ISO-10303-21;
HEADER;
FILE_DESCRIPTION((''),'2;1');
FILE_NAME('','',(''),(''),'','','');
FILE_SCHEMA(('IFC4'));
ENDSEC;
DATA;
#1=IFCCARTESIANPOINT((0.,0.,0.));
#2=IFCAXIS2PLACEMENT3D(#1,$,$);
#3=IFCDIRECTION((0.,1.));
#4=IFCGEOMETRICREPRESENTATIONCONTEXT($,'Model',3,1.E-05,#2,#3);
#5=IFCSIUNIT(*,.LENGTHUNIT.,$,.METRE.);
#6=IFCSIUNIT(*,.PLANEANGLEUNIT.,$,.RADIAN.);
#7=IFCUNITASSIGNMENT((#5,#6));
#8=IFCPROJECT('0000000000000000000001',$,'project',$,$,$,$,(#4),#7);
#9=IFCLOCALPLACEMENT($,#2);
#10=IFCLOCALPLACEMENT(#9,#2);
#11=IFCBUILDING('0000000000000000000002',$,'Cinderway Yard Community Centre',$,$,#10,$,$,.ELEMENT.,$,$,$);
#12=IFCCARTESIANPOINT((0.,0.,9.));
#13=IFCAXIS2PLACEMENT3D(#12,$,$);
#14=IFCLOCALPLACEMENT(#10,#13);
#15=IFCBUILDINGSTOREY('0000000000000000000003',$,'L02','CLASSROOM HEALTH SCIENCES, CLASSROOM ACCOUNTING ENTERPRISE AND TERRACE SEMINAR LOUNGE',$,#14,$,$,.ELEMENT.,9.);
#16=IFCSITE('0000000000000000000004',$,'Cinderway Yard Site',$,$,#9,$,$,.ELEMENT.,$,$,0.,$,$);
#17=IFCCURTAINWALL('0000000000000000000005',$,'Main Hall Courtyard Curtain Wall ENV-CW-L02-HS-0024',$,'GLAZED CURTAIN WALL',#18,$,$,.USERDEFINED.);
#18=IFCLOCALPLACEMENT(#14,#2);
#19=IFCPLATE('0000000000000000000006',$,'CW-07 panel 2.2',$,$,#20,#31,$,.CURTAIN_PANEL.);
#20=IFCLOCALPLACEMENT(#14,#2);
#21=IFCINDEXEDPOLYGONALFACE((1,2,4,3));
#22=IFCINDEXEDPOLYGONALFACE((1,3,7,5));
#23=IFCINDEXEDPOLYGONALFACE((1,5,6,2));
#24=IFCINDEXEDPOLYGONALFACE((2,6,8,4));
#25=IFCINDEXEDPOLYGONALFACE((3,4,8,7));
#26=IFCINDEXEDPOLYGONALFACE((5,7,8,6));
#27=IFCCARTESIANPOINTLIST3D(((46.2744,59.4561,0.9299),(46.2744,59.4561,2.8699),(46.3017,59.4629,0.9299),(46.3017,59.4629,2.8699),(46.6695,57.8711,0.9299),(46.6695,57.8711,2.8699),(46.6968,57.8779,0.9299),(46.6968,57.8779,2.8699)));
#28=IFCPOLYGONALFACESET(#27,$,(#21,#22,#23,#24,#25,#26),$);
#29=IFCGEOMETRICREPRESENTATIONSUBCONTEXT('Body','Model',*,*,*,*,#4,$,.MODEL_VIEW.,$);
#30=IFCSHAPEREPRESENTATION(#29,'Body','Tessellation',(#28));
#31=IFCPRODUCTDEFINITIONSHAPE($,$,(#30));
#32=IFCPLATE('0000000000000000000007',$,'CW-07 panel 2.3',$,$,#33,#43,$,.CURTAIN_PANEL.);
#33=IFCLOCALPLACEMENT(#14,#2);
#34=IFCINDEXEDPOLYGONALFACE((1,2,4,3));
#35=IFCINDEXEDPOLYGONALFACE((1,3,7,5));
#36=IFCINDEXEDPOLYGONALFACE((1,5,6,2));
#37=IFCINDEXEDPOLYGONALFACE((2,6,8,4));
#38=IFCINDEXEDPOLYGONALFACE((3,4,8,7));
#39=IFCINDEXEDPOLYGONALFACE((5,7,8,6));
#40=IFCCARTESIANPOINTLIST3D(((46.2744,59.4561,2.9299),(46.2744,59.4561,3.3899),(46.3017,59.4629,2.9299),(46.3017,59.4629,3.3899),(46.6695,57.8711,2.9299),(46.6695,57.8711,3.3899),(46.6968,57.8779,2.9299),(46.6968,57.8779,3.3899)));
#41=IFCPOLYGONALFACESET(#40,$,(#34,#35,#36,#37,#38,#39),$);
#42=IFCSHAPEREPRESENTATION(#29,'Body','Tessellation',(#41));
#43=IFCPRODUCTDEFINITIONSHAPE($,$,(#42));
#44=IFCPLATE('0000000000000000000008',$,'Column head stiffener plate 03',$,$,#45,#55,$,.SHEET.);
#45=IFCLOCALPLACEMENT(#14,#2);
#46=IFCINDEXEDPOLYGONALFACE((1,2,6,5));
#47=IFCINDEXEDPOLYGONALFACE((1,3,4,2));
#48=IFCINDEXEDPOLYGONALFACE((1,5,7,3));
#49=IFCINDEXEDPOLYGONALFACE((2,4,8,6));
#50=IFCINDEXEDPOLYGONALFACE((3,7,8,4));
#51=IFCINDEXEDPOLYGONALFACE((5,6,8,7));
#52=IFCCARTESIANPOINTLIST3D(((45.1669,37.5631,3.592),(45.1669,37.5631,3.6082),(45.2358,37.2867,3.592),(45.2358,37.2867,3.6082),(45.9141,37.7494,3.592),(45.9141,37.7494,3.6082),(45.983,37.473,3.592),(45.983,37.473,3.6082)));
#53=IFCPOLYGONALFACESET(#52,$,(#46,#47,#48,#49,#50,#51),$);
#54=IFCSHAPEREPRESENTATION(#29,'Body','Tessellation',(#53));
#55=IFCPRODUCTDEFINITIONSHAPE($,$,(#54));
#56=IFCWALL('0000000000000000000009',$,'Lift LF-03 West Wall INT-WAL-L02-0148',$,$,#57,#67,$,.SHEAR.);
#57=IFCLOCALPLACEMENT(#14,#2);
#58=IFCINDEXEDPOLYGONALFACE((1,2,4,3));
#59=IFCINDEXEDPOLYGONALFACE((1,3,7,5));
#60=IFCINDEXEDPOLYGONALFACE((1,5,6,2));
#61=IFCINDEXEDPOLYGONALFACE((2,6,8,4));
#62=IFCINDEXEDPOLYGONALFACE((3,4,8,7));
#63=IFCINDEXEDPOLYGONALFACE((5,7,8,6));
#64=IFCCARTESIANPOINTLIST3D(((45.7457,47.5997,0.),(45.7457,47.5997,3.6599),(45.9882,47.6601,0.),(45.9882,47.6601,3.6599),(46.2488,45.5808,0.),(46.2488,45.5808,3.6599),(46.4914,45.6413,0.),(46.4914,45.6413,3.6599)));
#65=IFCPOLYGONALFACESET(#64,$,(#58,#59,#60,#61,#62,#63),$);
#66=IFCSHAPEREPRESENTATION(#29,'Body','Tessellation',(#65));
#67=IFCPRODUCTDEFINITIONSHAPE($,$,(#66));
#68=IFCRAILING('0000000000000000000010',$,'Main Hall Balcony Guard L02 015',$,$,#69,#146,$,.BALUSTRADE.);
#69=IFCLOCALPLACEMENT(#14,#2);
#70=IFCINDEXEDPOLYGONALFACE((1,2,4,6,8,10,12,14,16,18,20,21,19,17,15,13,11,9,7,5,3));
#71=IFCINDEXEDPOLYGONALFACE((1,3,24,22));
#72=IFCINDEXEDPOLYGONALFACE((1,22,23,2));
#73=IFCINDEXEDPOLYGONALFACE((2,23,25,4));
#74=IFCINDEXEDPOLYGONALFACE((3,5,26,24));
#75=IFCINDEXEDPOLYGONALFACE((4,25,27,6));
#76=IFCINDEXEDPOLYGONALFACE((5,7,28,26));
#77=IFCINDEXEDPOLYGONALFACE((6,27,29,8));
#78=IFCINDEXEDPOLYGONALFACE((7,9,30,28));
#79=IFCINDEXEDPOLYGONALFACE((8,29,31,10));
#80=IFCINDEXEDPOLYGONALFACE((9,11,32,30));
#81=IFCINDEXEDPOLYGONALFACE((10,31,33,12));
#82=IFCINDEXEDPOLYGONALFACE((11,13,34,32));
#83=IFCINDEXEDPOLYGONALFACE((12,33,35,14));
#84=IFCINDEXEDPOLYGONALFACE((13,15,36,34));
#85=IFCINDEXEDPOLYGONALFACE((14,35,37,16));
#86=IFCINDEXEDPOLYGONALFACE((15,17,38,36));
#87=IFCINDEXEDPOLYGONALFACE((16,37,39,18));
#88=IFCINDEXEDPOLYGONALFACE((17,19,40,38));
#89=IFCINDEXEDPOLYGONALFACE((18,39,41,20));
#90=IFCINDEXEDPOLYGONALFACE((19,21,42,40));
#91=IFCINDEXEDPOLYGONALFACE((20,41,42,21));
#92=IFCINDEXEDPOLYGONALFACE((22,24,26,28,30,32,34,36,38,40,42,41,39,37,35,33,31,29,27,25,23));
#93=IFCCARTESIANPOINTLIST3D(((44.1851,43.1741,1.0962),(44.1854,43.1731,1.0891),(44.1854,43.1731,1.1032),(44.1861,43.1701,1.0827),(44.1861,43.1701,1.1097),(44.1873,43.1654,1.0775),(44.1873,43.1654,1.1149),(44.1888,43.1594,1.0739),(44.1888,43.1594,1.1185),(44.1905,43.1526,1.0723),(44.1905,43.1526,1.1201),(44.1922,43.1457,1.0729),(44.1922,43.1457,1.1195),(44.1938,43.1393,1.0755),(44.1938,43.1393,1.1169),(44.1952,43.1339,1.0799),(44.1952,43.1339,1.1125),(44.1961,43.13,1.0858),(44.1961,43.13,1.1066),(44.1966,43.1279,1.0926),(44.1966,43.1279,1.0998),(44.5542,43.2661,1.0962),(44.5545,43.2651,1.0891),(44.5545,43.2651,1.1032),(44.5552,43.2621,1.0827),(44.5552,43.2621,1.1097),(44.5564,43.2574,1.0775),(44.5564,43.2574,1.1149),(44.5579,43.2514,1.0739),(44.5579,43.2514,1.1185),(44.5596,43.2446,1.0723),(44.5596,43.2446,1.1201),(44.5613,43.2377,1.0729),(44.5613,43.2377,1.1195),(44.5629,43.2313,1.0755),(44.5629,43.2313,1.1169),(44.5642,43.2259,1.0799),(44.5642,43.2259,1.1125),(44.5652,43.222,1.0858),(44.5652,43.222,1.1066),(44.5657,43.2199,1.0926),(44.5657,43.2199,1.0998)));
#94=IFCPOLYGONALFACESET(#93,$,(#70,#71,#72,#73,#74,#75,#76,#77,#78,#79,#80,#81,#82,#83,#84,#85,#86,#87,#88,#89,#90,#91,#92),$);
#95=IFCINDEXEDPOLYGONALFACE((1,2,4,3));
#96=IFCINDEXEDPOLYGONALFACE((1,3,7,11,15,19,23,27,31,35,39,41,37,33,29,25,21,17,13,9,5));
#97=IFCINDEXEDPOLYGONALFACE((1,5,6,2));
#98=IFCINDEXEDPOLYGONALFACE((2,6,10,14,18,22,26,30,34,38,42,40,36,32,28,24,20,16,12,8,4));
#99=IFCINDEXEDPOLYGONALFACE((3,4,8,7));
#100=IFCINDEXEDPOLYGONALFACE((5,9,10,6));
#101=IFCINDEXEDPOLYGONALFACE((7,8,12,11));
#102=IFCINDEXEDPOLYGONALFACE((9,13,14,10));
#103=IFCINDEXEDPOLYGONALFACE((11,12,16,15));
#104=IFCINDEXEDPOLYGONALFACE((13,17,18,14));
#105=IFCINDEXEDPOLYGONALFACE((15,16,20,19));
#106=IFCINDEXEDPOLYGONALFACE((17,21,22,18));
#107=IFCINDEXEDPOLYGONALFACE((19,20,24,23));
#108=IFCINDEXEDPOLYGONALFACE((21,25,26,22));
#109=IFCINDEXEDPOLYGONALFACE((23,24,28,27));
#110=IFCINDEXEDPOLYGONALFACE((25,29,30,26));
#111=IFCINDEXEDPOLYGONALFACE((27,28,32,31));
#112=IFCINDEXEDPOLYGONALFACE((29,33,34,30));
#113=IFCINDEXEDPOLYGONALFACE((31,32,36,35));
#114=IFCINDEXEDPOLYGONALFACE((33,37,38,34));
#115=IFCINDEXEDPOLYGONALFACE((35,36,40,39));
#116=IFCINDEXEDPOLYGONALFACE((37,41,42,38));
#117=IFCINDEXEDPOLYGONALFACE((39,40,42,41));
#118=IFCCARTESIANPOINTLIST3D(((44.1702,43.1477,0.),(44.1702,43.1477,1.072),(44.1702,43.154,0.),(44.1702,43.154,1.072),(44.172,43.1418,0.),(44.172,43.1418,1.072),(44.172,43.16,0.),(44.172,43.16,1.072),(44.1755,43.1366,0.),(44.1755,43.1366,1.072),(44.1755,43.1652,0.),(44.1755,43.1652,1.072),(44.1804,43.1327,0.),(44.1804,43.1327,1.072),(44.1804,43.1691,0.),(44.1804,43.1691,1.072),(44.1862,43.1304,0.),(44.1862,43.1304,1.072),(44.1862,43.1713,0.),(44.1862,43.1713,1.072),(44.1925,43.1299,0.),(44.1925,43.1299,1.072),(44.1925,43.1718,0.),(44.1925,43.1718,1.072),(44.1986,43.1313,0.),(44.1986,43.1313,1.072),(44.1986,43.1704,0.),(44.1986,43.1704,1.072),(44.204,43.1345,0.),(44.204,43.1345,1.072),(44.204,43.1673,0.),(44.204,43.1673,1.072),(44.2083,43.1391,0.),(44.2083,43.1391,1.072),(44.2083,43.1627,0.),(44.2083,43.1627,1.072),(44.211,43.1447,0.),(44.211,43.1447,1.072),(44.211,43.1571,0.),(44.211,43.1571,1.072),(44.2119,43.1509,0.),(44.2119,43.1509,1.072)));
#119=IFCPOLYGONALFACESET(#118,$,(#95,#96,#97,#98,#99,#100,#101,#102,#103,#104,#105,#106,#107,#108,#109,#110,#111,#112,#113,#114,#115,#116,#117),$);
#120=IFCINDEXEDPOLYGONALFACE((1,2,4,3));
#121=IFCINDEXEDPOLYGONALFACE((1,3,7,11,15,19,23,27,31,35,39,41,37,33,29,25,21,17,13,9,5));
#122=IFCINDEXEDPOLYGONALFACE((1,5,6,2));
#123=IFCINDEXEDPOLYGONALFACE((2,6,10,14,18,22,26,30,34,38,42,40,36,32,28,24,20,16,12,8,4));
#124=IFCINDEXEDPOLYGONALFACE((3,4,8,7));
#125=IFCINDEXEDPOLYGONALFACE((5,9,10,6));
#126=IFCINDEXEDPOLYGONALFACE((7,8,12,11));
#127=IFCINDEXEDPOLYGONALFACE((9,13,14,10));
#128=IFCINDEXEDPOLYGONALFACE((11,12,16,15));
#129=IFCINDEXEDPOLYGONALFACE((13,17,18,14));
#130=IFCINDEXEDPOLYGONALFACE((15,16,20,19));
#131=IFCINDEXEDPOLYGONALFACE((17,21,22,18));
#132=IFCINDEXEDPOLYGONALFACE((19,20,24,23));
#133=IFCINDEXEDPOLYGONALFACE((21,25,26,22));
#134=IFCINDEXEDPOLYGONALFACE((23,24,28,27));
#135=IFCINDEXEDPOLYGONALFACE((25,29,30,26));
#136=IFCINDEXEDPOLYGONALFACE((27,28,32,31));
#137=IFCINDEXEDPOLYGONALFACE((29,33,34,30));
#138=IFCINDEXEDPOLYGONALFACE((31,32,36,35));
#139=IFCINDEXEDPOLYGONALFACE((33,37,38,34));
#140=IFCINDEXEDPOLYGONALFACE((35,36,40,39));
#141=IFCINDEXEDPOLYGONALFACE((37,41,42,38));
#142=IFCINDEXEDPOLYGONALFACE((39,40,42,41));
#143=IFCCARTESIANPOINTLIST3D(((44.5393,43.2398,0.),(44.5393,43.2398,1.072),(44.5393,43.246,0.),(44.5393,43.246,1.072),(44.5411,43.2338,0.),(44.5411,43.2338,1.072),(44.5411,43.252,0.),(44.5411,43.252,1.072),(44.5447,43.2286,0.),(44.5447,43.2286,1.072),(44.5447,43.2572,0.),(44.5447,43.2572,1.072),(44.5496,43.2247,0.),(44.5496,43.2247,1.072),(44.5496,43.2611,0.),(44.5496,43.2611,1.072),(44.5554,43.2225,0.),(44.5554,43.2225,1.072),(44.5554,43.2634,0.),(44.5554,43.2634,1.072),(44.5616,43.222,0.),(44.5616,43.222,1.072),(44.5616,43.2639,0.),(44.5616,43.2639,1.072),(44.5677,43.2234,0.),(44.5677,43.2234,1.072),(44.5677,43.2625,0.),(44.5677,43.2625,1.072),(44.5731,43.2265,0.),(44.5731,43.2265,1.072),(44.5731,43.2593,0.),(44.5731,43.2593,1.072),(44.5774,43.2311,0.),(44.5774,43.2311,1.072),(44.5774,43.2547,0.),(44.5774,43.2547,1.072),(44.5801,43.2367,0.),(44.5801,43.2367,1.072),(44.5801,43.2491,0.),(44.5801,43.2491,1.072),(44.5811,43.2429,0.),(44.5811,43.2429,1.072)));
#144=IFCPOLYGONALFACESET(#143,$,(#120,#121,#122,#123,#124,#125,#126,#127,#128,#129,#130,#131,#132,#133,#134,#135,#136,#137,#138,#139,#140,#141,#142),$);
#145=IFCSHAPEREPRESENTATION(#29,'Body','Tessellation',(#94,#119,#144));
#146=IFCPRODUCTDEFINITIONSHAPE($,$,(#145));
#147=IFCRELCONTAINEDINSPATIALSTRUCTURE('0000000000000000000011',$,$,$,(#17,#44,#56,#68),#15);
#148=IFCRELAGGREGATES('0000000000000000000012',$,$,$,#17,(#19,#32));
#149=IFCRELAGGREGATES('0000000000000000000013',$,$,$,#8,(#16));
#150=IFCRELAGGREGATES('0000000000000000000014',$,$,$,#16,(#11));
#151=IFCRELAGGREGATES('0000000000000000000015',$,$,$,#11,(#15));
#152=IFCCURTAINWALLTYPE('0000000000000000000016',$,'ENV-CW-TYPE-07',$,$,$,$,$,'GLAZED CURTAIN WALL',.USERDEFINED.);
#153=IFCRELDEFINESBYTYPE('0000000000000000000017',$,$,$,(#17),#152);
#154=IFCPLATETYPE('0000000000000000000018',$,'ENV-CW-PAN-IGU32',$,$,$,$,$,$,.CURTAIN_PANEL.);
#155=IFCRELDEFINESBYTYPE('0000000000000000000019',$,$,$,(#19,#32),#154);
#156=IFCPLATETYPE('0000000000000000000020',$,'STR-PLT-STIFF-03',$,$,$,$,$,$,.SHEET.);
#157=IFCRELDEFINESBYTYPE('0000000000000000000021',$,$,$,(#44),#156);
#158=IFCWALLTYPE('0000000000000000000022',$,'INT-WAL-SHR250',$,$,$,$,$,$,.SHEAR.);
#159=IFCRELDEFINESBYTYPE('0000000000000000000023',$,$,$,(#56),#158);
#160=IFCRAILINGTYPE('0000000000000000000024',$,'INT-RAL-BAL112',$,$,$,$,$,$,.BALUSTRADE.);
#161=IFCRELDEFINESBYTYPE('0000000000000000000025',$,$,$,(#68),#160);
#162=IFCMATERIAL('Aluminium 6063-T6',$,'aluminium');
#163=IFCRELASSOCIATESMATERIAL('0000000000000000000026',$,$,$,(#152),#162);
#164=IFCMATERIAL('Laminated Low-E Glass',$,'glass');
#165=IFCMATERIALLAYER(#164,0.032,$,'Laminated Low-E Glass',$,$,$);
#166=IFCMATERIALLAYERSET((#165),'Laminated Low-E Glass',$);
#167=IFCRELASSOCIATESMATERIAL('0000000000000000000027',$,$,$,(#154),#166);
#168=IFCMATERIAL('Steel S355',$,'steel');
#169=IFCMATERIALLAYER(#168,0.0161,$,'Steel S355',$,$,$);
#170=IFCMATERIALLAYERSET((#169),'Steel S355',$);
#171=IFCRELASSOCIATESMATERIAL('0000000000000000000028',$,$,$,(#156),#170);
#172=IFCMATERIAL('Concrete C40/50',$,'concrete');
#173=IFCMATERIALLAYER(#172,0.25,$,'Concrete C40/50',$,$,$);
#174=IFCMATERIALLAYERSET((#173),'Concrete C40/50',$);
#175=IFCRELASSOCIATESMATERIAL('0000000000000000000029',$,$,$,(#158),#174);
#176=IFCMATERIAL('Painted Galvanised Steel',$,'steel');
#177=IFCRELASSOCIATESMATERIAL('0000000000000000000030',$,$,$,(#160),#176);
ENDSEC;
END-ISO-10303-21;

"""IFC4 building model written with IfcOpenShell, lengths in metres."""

from ifc_helpers import new_model, si_unit, direction, frame, frame_2d, origin, origin_2d, place, context, subcontext, project, spatial, rectangle, circle, extrude, material, layer, layer_set, type_object, element, aggregate, save


model = new_model("IFC4")

# Units and contexts
model_context = context("Model", 3, precision=1e-05, world=origin(), true_north=direction((0.0, 1.0)))
body_context = subcontext(model_context, "Body", "Model", "MODEL_VIEW")
ifc_project = project(units=[si_unit("LENGTHUNIT", "METRE"), si_unit("PLANEANGLEUNIT", "RADIAN")], contexts=[model_context])

# Site, building, storey
site_placement = place(None, origin())
site = spatial("IfcSite", under=ifc_project, at=site_placement, Name="Cinderway Yard Site", CompositionType="ELEMENT", RefElevation=0.0)
building_placement = place(site_placement, origin())
building = spatial("IfcBuilding", under=site, at=building_placement, Name="Cinderway Yard Community Centre", CompositionType="ELEMENT")
storey_placement = place(building_placement, frame((0.0, 0.0, 9.0)))
storey = spatial("IfcBuildingStorey", under=building, at=storey_placement, Name="L02", Description="CLASSROOM HEALTH SCIENCES, CLASSROOM ACCOUNTING ENTERPRISE AND TERRACE SEMINAR LOUNGE", CompositionType="ELEMENT", Elevation=9.0)

# Shared definitions
ifc_material_1 = material(Name="Concrete C40/50", Category="concrete")

# Curtain wall
ifc_material_2 = material(Name="Aluminium 6063-T6", Category="aluminium")
curtain_wall_type = type_object("IfcCurtainWallType", Name="ENV-CW-TYPE-07", ElementType="GLAZED CURTAIN WALL", PredefinedType="USERDEFINED", material=ifc_material_2)
curtain_wall_placement = place(storey_placement, origin())
curtain_wall = element("IfcCurtainWall", 1, at=curtain_wall_placement, inside=storey, type_object=curtain_wall_type, Name="Main Hall Courtyard Curtain Wall ENV-CW-L02-HS-0024", ObjectType="GLAZED CURTAIN WALL", PredefinedType="USERDEFINED")

# Shared definitions
ifc_material_3 = material(Name="Steel S355", Category="steel")

# Plates
ifc_material_4 = material(Name="Laminated Low-E Glass", Category="glass")
ifc_layer_1 = layer(ifc_material_4, 0.032, Name="Laminated Low-E Glass")
ifc_layer_set_1 = layer_set([ifc_layer_1], Name="Laminated Low-E Glass")
plate_type_1 = type_object("IfcPlateType", Name="ENV-CW-PAN-IGU32", PredefinedType="CURTAIN_PANEL", material=ifc_layer_set_1)
plate_1_placement = place(storey_placement, frame((46.4856, 58.667, 0.9299), z_axis=(0.0, 0.0, 1.0), x_axis=(-0.241887, 0.970304, 0.0)))
plate_1 = element("IfcPlate", 2, at=plate_1_placement, type_object=plate_type_1, Name="CW-07 panel 2.2", PredefinedType="CURTAIN_PANEL", context=body_context, shape_type="SweptSolid", body=[
    extrude(rectangle(XDim=1.6335, YDim=0.0281, at=origin_2d()), origin(), (0.0, 0.0, 1.0), 1.9399),
])
plate_2_placement = place(storey_placement, frame((46.4856, 58.667, 2.9299), z_axis=(0.0, 0.0, 1.0), x_axis=(-0.241887, 0.970304, 0.0)))
plate_2 = element("IfcPlate", 3, at=plate_2_placement, type_object=plate_type_1, Name="CW-07 panel 2.3", PredefinedType="CURTAIN_PANEL", context=body_context, shape_type="SweptSolid", body=[
    extrude(rectangle(XDim=1.6335, YDim=0.0281, at=origin_2d()), origin(), (0.0, 0.0, 1.0), 0.46),
])
aggregate(curtain_wall, [plate_1, plate_2])
ifc_layer_2 = layer(ifc_material_3, 0.0161, Name="Steel S355")
ifc_layer_set_2 = layer_set([ifc_layer_2], Name="Steel S355")
plate_type_2 = type_object("IfcPlateType", Name="STR-PLT-STIFF-03", PredefinedType="SHEET", material=ifc_layer_set_2)
plate_3_placement = place(storey_placement, frame((45.575, 37.5181, 3.592), z_axis=(0.0, 0.0, 1.0), x_axis=(0.970296, 0.241922, 0.0)))
element("IfcPlate", 4, at=plate_3_placement, inside=storey, type_object=plate_type_2, Name="Column head stiffener plate 03", PredefinedType="SHEET", context=body_context, shape_type="SweptSolid", body=[
    extrude(rectangle(XDim=0.77, YDim=0.2849, at=origin_2d()), origin(), (0.0, 0.0, 1.0), 0.0161),
])

# Shared definitions
ifc_layer_3 = layer(ifc_material_1, 0.25, Name="Concrete C40/50")
ifc_layer_set_3 = layer_set([ifc_layer_3], Name="Concrete C40/50")
wall_type = type_object("IfcWallType", Name="INT-WAL-SHR250", PredefinedType="SHEAR", material=ifc_layer_set_3)
ifc_material_5 = material(Name="Painted Galvanised Steel", Category="steel")

# Wall
wall_1_placement = place(storey_placement, frame((45.8669, 47.6299, 0.0), z_axis=(0.0, 0.0, 1.0), x_axis=(0.241845, -0.970315, 0.0)))
element("IfcWall", 5, at=wall_1_placement, inside=storey, type_object=wall_type, Name="Lift LF-03 West Wall INT-WAL-L02-0148", PredefinedType="SHEAR", context=body_context, shape_type="SweptSolid", body=[
    extrude(rectangle(XDim=2.0806, YDim=0.25, at=frame_2d((1.0403, 0.0))), origin(), (0.0, 0.0, 1.0), 3.6599),
])

# Railing
railing_type = type_object("IfcRailingType", Name="INT-RAL-BAL112", PredefinedType="BALUSTRADE", material=ifc_material_5)
railing_1_placement = place(storey_placement, frame((44.1909, 43.1509, 0.0)))
element("IfcRailing", 6, at=railing_1_placement, inside=storey, type_object=railing_type, Name="Main Hall Balcony Guard L02 015", PredefinedType="BALUSTRADE", context=body_context, shape_type="SweptSolid", body=[
    extrude(circle(Radius=0.0239, at=origin_2d()), frame((0.0, 0.0, 1.0962), z_axis=(0.970293, 0.241932, 0.0), x_axis=(-0.241932, 0.970293, 0.0)), (0.0, 0.0, 1.0), 0.3804),
    extrude(circle(Radius=0.021, at=origin_2d()), origin(), (0.0, 0.0, 1.0), 1.072),
    extrude(circle(Radius=0.021, at=origin_2d()), frame((0.3691, 0.092, 0.0)), (0.0, 0.0, 1.0), 1.072),
])

save(model, "model.ifc")
